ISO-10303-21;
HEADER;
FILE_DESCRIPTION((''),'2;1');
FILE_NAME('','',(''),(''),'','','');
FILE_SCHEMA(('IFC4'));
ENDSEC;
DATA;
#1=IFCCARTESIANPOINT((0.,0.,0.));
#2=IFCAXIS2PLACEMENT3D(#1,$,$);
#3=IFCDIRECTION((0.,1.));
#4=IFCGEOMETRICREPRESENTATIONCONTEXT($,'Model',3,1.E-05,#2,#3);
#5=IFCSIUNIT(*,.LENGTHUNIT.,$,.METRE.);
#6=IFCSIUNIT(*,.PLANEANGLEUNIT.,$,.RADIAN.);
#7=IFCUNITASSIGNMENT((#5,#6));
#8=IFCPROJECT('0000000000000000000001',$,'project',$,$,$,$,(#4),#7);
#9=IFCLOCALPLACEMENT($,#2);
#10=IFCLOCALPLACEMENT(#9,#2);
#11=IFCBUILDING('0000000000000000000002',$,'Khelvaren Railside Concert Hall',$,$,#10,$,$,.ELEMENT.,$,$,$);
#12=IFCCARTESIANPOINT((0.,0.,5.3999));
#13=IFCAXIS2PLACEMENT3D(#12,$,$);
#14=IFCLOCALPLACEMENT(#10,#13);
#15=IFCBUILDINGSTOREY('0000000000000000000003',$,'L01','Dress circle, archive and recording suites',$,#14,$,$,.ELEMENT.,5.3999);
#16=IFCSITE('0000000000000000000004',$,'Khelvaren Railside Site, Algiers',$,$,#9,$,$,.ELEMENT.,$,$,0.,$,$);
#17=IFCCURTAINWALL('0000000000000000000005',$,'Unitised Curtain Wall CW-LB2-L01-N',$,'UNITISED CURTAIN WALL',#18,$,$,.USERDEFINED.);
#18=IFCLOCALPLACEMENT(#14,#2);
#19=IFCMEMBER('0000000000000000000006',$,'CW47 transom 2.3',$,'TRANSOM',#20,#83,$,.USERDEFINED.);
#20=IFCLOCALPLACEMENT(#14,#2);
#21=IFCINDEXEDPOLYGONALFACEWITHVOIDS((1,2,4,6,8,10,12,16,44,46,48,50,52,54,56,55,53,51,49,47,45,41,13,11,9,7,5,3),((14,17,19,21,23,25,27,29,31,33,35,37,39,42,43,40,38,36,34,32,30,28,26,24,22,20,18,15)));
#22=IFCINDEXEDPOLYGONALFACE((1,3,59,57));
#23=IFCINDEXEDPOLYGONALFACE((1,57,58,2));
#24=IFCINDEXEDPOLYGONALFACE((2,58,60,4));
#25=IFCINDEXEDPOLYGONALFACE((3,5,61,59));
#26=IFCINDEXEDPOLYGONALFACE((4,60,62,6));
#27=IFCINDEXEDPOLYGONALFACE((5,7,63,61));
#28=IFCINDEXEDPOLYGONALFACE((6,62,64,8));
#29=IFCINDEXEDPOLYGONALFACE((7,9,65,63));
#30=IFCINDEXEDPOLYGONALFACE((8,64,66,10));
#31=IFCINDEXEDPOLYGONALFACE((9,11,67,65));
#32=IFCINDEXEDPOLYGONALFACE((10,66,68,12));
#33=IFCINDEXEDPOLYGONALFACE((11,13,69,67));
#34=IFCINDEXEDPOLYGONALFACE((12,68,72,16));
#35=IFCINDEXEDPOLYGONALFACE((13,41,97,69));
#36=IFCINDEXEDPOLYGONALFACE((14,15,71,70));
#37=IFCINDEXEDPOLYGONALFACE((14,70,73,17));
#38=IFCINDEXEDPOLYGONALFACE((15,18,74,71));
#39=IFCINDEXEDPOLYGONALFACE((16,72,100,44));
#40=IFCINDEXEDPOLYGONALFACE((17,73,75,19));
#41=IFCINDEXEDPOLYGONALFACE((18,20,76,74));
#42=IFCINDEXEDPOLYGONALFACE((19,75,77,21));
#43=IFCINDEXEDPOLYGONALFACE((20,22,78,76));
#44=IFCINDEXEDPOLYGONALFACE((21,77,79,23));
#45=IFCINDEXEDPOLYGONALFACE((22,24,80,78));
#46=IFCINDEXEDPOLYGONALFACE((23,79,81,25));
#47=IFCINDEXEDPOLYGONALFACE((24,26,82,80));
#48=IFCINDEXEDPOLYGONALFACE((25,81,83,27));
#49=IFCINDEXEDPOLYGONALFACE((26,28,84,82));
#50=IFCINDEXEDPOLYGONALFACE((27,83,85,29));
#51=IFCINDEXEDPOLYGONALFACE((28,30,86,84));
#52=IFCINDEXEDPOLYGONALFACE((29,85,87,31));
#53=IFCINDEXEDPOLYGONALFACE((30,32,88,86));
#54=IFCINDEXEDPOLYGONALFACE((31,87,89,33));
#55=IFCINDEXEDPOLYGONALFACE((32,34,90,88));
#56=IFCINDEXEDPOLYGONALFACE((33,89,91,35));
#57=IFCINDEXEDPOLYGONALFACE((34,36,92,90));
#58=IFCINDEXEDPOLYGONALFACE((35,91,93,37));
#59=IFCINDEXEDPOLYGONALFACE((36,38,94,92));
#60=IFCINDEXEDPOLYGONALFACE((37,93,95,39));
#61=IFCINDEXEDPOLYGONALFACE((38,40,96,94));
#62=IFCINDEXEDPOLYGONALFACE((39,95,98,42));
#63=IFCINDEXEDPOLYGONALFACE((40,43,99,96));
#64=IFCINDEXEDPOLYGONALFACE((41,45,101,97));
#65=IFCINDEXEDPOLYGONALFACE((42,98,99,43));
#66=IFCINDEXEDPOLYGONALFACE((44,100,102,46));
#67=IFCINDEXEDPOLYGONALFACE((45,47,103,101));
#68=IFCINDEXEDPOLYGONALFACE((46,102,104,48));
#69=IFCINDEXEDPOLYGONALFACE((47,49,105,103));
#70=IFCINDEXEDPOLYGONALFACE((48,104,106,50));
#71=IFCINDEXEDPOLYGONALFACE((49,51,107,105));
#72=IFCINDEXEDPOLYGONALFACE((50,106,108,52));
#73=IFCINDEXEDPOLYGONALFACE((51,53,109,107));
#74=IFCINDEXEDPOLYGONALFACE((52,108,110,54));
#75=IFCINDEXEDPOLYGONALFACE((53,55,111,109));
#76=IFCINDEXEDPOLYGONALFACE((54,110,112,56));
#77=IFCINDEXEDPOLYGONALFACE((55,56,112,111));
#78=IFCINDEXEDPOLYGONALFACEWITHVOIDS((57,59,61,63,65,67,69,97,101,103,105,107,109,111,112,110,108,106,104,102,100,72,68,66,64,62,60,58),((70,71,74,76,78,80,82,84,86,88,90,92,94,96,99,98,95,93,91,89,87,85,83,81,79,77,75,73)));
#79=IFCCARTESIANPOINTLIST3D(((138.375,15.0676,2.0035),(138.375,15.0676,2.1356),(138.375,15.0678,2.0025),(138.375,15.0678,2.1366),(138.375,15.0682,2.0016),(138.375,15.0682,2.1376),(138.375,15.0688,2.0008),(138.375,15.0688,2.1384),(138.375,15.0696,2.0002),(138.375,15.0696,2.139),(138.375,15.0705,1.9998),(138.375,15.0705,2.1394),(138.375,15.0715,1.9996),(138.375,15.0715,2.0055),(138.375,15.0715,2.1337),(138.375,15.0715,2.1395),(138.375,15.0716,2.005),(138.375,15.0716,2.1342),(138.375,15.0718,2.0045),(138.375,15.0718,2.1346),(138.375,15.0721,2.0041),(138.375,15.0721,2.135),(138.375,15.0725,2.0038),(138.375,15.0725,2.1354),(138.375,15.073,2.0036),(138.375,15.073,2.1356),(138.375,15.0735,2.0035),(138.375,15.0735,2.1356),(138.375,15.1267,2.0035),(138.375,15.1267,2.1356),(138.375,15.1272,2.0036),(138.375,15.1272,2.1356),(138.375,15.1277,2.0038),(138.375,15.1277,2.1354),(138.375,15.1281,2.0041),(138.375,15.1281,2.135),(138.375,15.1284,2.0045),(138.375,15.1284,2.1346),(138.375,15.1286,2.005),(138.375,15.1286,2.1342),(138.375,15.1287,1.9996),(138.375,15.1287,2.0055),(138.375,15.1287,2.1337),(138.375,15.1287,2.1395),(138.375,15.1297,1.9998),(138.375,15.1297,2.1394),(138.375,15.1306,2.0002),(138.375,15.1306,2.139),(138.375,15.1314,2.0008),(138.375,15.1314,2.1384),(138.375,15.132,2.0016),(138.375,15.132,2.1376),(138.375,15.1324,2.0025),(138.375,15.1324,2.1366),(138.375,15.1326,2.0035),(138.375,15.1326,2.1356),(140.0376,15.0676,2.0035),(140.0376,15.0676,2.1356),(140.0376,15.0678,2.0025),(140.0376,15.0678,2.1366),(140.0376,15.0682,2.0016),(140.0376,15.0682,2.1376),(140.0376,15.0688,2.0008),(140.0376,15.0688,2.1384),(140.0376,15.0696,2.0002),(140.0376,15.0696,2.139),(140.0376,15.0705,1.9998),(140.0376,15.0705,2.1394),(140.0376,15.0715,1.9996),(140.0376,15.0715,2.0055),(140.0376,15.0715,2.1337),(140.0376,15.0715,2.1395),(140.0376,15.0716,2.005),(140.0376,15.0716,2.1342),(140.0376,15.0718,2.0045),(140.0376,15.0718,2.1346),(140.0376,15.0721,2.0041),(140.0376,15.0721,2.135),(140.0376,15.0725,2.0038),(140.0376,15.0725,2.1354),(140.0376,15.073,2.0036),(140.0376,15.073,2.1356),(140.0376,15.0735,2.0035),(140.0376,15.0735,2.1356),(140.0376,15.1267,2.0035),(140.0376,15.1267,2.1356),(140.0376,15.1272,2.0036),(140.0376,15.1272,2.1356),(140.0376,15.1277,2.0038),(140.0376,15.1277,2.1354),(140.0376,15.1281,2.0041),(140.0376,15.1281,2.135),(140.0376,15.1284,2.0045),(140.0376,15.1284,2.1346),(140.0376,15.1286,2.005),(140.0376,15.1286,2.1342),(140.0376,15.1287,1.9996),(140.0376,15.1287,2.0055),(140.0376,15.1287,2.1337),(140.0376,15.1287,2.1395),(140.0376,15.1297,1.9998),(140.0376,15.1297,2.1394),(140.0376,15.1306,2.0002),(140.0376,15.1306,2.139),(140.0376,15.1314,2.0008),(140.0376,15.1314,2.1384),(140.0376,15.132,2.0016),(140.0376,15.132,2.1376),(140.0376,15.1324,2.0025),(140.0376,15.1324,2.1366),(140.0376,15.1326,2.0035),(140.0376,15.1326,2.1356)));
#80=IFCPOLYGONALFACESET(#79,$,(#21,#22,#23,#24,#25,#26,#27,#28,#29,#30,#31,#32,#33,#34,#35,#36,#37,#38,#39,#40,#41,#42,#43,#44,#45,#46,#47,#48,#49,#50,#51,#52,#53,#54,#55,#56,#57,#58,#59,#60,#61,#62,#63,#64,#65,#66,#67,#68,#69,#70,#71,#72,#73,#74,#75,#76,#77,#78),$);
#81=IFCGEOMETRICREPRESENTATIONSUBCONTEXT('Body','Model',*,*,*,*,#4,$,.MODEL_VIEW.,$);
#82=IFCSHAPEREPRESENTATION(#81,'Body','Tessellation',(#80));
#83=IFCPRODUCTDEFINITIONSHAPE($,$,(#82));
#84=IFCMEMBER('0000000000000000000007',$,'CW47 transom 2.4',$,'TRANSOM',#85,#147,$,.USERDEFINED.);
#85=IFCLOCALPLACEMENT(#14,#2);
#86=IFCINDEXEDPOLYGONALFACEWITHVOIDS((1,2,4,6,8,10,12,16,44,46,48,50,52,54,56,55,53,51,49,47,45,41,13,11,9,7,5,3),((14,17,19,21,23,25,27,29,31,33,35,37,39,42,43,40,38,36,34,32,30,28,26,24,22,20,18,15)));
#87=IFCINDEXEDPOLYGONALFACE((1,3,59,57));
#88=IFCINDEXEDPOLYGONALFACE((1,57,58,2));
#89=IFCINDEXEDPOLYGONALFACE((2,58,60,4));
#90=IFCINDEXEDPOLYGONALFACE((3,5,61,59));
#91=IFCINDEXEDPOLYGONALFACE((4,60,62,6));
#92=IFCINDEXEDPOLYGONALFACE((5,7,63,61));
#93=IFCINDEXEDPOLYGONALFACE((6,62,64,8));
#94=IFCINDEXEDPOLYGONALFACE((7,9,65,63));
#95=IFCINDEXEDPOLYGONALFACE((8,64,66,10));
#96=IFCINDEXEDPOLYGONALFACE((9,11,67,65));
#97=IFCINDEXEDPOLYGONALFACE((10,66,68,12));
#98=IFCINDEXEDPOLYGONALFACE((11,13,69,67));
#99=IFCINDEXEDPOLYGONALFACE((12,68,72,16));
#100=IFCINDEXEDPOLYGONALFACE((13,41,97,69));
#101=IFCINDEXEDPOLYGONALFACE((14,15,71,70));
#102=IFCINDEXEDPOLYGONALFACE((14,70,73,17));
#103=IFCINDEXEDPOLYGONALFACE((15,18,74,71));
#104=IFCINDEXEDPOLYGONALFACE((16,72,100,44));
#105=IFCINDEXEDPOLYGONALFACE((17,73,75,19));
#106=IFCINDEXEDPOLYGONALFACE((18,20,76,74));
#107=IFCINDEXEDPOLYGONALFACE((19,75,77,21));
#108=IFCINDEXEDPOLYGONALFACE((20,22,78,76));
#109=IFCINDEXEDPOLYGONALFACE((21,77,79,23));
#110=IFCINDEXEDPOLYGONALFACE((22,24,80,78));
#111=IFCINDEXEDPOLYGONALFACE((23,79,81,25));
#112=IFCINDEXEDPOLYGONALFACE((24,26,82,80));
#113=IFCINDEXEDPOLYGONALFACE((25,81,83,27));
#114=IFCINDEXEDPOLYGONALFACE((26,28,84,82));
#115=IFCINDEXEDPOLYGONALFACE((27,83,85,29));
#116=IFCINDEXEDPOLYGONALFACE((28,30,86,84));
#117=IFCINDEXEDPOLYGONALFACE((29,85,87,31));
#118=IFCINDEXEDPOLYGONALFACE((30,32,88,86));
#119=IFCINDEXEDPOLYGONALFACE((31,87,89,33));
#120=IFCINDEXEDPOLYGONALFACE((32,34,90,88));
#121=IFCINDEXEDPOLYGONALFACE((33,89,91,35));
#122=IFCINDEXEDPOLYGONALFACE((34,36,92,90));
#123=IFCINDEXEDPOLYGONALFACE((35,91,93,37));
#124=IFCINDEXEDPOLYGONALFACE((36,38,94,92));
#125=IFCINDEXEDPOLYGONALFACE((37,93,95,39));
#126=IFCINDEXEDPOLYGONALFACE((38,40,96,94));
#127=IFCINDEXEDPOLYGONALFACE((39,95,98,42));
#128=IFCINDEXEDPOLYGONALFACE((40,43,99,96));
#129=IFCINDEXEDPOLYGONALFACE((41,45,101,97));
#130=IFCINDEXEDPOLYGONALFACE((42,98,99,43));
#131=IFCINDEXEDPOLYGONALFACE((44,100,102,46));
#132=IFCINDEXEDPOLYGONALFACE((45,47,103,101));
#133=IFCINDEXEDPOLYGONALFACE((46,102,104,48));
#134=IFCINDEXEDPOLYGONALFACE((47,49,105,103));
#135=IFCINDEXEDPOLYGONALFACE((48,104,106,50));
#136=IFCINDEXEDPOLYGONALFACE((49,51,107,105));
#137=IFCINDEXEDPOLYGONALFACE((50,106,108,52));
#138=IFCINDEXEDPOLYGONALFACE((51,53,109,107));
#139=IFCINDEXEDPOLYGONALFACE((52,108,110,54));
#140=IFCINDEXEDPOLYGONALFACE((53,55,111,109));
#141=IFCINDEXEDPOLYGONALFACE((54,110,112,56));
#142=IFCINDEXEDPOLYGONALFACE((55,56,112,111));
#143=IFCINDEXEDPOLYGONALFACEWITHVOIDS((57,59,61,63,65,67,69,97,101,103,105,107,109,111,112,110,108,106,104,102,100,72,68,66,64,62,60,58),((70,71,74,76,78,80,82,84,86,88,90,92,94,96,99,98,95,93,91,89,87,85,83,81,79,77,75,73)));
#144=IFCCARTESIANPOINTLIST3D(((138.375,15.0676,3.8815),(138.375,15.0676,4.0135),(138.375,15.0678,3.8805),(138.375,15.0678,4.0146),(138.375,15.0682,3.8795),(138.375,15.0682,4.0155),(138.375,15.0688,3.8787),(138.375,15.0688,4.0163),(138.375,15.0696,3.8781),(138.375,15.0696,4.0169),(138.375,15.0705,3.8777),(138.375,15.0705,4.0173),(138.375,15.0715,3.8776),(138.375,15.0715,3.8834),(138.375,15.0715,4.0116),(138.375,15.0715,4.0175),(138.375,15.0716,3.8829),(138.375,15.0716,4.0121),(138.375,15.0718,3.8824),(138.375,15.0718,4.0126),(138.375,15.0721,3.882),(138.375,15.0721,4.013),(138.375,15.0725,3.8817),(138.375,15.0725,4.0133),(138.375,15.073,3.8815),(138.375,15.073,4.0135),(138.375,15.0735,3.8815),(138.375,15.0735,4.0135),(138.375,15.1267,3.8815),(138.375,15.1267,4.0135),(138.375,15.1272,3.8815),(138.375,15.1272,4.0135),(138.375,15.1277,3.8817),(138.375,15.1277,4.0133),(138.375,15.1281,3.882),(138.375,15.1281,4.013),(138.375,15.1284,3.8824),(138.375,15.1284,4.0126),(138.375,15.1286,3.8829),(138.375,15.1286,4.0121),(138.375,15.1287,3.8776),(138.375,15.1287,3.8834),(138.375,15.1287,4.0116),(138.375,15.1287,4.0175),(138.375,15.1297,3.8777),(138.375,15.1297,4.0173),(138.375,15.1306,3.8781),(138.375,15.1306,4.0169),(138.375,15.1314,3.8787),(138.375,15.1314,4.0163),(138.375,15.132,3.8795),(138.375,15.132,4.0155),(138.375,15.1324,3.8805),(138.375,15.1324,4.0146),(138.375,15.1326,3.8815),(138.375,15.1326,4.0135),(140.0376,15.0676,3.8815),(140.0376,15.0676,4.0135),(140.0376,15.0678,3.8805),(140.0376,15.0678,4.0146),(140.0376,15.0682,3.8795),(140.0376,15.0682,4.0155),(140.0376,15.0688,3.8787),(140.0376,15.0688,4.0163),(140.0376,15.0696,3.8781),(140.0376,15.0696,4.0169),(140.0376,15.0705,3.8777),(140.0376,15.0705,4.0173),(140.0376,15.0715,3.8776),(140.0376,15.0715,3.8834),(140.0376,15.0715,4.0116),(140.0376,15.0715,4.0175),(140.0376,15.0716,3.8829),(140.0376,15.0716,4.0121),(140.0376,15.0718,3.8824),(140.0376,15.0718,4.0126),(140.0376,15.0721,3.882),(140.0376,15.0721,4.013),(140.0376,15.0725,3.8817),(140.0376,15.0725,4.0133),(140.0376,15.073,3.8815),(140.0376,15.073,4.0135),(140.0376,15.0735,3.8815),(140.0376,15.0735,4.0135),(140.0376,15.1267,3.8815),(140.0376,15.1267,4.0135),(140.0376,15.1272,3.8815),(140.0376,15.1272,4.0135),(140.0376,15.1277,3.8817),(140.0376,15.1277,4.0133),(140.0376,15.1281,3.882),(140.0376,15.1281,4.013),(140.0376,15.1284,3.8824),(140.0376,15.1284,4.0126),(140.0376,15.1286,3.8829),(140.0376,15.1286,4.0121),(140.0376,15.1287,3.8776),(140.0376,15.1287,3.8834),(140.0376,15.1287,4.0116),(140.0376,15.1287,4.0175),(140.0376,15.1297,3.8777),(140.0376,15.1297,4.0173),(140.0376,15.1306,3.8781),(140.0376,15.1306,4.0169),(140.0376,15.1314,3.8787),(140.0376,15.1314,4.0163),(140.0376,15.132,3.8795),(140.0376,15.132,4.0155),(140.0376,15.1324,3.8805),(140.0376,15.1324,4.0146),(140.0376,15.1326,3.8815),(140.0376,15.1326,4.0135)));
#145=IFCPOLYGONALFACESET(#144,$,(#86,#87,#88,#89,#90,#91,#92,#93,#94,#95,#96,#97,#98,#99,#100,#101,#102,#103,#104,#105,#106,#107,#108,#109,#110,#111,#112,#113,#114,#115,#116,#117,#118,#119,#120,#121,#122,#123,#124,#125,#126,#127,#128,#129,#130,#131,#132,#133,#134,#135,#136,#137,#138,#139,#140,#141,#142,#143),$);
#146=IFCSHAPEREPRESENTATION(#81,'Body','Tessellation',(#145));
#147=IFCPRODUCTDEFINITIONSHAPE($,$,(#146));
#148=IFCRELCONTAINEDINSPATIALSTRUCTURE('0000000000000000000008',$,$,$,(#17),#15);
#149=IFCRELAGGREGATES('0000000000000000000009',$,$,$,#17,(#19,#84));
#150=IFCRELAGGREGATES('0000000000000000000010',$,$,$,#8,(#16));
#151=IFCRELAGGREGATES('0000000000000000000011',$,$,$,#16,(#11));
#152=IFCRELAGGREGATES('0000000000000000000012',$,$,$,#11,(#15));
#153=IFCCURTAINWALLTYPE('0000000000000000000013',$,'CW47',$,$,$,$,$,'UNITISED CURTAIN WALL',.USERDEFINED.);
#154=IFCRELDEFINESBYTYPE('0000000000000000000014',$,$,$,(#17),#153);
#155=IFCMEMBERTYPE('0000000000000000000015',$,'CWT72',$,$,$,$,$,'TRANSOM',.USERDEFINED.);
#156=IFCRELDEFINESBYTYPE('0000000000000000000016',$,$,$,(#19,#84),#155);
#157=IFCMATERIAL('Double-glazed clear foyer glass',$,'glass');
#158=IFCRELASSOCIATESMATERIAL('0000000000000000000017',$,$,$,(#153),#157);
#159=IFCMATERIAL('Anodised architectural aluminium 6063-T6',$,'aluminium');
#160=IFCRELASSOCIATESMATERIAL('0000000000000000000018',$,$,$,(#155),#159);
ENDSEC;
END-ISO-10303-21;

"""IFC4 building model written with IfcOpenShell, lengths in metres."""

from ifc_helpers import new_model, si_unit, direction, frame, origin, origin_2d, place, context, subcontext, project, spatial, hollow_rectangle, extrude, material, material_profile, profile_set, type_object, element, aggregate, save


model = new_model("IFC4")

# Units and contexts
model_context = context("Model", 3, precision=1e-05, world=origin(), true_north=direction((0.0, 1.0)))
body_context = subcontext(model_context, "Body", "Model", "MODEL_VIEW")
ifc_project = project(units=[si_unit("LENGTHUNIT", "METRE"), si_unit("PLANEANGLEUNIT", "RADIAN")], contexts=[model_context])

# Site, building, storey
site_placement = place(None, origin())
site = spatial("IfcSite", under=ifc_project, at=site_placement, Name="Khelvaren Railside Site, Algiers", CompositionType="ELEMENT", RefElevation=0.0)
building_placement = place(site_placement, origin())
building = spatial("IfcBuilding", under=site, at=building_placement, Name="Khelvaren Railside Concert Hall", CompositionType="ELEMENT")
storey_placement = place(building_placement, frame((0.0, 0.0, 5.3999)))
storey = spatial("IfcBuildingStorey", under=building, at=storey_placement, Name="L01", Description="Dress circle, archive and recording suites", CompositionType="ELEMENT", Elevation=5.3999)

# Shared definitions
ifc_material_1 = material(Name="Anodised architectural aluminium 6063-T6", Category="aluminium")

# Curtain wall
ifc_material_2 = material(Name="Double-glazed clear foyer glass", Category="glass")
curtain_wall_type_1 = type_object("IfcCurtainWallType", Name="CW47", ElementType="UNITISED CURTAIN WALL", PredefinedType="USERDEFINED", material=ifc_material_2)
curtain_wall_1_placement = place(storey_placement, origin())
curtain_wall_1 = element("IfcCurtainWall", 1, at=curtain_wall_1_placement, inside=storey, type_object=curtain_wall_type_1, Name="Unitised Curtain Wall CW-LB2-L01-N", ObjectType="UNITISED CURTAIN WALL", PredefinedType="USERDEFINED")

# Members
ifc_material_profile_1 = material_profile(ifc_material_1, hollow_rectangle(XDim=0.0649, YDim=0.1399, WallThickness=0.0039, InnerFilletRadius=0.002, OuterFilletRadius=0.0039, at=origin_2d()), Name="CWT 65x140x4")
ifc_profile_set_1 = profile_set([ifc_material_profile_1], Name="Anodised architectural aluminium 6063-T6")
member_type_1 = type_object("IfcMemberType", Name="CWT72", ElementType="TRANSOM", PredefinedType="USERDEFINED", material=ifc_profile_set_1)
member_1_placement = place(storey_placement, frame((138.375, 15.1001, 2.0696), z_axis=(1.0, 0.0, 0.0), x_axis=(0.0, 1.0, 0.0)))
member_1 = element("IfcMember", 2, at=member_1_placement, type_object=member_type_1, Name="CW47 transom 2.3", ObjectType="TRANSOM", PredefinedType="USERDEFINED", context=body_context, shape_type="SweptSolid", body=[
    extrude(hollow_rectangle(XDim=0.0649, YDim=0.1399, WallThickness=0.0039, InnerFilletRadius=0.002, OuterFilletRadius=0.0039, at=origin_2d()), origin(), (0.0, 0.0, 1.0), 1.6626),
])
member_2_placement = place(storey_placement, frame((138.375, 15.1001, 3.9475), z_axis=(1.0, 0.0, 0.0), x_axis=(0.0, 1.0, 0.0)))
member_2 = element("IfcMember", 3, at=member_2_placement, type_object=member_type_1, Name="CW47 transom 2.4", ObjectType="TRANSOM", PredefinedType="USERDEFINED", context=body_context, shape_type="SweptSolid", body=[
    extrude(hollow_rectangle(XDim=0.0649, YDim=0.1399, WallThickness=0.0039, InnerFilletRadius=0.002, OuterFilletRadius=0.0039, at=origin_2d()), origin(), (0.0, 0.0, 1.0), 1.6626),
])

aggregate(curtain_wall_1, [member_1, member_2])

save(model, "model.ifc")
